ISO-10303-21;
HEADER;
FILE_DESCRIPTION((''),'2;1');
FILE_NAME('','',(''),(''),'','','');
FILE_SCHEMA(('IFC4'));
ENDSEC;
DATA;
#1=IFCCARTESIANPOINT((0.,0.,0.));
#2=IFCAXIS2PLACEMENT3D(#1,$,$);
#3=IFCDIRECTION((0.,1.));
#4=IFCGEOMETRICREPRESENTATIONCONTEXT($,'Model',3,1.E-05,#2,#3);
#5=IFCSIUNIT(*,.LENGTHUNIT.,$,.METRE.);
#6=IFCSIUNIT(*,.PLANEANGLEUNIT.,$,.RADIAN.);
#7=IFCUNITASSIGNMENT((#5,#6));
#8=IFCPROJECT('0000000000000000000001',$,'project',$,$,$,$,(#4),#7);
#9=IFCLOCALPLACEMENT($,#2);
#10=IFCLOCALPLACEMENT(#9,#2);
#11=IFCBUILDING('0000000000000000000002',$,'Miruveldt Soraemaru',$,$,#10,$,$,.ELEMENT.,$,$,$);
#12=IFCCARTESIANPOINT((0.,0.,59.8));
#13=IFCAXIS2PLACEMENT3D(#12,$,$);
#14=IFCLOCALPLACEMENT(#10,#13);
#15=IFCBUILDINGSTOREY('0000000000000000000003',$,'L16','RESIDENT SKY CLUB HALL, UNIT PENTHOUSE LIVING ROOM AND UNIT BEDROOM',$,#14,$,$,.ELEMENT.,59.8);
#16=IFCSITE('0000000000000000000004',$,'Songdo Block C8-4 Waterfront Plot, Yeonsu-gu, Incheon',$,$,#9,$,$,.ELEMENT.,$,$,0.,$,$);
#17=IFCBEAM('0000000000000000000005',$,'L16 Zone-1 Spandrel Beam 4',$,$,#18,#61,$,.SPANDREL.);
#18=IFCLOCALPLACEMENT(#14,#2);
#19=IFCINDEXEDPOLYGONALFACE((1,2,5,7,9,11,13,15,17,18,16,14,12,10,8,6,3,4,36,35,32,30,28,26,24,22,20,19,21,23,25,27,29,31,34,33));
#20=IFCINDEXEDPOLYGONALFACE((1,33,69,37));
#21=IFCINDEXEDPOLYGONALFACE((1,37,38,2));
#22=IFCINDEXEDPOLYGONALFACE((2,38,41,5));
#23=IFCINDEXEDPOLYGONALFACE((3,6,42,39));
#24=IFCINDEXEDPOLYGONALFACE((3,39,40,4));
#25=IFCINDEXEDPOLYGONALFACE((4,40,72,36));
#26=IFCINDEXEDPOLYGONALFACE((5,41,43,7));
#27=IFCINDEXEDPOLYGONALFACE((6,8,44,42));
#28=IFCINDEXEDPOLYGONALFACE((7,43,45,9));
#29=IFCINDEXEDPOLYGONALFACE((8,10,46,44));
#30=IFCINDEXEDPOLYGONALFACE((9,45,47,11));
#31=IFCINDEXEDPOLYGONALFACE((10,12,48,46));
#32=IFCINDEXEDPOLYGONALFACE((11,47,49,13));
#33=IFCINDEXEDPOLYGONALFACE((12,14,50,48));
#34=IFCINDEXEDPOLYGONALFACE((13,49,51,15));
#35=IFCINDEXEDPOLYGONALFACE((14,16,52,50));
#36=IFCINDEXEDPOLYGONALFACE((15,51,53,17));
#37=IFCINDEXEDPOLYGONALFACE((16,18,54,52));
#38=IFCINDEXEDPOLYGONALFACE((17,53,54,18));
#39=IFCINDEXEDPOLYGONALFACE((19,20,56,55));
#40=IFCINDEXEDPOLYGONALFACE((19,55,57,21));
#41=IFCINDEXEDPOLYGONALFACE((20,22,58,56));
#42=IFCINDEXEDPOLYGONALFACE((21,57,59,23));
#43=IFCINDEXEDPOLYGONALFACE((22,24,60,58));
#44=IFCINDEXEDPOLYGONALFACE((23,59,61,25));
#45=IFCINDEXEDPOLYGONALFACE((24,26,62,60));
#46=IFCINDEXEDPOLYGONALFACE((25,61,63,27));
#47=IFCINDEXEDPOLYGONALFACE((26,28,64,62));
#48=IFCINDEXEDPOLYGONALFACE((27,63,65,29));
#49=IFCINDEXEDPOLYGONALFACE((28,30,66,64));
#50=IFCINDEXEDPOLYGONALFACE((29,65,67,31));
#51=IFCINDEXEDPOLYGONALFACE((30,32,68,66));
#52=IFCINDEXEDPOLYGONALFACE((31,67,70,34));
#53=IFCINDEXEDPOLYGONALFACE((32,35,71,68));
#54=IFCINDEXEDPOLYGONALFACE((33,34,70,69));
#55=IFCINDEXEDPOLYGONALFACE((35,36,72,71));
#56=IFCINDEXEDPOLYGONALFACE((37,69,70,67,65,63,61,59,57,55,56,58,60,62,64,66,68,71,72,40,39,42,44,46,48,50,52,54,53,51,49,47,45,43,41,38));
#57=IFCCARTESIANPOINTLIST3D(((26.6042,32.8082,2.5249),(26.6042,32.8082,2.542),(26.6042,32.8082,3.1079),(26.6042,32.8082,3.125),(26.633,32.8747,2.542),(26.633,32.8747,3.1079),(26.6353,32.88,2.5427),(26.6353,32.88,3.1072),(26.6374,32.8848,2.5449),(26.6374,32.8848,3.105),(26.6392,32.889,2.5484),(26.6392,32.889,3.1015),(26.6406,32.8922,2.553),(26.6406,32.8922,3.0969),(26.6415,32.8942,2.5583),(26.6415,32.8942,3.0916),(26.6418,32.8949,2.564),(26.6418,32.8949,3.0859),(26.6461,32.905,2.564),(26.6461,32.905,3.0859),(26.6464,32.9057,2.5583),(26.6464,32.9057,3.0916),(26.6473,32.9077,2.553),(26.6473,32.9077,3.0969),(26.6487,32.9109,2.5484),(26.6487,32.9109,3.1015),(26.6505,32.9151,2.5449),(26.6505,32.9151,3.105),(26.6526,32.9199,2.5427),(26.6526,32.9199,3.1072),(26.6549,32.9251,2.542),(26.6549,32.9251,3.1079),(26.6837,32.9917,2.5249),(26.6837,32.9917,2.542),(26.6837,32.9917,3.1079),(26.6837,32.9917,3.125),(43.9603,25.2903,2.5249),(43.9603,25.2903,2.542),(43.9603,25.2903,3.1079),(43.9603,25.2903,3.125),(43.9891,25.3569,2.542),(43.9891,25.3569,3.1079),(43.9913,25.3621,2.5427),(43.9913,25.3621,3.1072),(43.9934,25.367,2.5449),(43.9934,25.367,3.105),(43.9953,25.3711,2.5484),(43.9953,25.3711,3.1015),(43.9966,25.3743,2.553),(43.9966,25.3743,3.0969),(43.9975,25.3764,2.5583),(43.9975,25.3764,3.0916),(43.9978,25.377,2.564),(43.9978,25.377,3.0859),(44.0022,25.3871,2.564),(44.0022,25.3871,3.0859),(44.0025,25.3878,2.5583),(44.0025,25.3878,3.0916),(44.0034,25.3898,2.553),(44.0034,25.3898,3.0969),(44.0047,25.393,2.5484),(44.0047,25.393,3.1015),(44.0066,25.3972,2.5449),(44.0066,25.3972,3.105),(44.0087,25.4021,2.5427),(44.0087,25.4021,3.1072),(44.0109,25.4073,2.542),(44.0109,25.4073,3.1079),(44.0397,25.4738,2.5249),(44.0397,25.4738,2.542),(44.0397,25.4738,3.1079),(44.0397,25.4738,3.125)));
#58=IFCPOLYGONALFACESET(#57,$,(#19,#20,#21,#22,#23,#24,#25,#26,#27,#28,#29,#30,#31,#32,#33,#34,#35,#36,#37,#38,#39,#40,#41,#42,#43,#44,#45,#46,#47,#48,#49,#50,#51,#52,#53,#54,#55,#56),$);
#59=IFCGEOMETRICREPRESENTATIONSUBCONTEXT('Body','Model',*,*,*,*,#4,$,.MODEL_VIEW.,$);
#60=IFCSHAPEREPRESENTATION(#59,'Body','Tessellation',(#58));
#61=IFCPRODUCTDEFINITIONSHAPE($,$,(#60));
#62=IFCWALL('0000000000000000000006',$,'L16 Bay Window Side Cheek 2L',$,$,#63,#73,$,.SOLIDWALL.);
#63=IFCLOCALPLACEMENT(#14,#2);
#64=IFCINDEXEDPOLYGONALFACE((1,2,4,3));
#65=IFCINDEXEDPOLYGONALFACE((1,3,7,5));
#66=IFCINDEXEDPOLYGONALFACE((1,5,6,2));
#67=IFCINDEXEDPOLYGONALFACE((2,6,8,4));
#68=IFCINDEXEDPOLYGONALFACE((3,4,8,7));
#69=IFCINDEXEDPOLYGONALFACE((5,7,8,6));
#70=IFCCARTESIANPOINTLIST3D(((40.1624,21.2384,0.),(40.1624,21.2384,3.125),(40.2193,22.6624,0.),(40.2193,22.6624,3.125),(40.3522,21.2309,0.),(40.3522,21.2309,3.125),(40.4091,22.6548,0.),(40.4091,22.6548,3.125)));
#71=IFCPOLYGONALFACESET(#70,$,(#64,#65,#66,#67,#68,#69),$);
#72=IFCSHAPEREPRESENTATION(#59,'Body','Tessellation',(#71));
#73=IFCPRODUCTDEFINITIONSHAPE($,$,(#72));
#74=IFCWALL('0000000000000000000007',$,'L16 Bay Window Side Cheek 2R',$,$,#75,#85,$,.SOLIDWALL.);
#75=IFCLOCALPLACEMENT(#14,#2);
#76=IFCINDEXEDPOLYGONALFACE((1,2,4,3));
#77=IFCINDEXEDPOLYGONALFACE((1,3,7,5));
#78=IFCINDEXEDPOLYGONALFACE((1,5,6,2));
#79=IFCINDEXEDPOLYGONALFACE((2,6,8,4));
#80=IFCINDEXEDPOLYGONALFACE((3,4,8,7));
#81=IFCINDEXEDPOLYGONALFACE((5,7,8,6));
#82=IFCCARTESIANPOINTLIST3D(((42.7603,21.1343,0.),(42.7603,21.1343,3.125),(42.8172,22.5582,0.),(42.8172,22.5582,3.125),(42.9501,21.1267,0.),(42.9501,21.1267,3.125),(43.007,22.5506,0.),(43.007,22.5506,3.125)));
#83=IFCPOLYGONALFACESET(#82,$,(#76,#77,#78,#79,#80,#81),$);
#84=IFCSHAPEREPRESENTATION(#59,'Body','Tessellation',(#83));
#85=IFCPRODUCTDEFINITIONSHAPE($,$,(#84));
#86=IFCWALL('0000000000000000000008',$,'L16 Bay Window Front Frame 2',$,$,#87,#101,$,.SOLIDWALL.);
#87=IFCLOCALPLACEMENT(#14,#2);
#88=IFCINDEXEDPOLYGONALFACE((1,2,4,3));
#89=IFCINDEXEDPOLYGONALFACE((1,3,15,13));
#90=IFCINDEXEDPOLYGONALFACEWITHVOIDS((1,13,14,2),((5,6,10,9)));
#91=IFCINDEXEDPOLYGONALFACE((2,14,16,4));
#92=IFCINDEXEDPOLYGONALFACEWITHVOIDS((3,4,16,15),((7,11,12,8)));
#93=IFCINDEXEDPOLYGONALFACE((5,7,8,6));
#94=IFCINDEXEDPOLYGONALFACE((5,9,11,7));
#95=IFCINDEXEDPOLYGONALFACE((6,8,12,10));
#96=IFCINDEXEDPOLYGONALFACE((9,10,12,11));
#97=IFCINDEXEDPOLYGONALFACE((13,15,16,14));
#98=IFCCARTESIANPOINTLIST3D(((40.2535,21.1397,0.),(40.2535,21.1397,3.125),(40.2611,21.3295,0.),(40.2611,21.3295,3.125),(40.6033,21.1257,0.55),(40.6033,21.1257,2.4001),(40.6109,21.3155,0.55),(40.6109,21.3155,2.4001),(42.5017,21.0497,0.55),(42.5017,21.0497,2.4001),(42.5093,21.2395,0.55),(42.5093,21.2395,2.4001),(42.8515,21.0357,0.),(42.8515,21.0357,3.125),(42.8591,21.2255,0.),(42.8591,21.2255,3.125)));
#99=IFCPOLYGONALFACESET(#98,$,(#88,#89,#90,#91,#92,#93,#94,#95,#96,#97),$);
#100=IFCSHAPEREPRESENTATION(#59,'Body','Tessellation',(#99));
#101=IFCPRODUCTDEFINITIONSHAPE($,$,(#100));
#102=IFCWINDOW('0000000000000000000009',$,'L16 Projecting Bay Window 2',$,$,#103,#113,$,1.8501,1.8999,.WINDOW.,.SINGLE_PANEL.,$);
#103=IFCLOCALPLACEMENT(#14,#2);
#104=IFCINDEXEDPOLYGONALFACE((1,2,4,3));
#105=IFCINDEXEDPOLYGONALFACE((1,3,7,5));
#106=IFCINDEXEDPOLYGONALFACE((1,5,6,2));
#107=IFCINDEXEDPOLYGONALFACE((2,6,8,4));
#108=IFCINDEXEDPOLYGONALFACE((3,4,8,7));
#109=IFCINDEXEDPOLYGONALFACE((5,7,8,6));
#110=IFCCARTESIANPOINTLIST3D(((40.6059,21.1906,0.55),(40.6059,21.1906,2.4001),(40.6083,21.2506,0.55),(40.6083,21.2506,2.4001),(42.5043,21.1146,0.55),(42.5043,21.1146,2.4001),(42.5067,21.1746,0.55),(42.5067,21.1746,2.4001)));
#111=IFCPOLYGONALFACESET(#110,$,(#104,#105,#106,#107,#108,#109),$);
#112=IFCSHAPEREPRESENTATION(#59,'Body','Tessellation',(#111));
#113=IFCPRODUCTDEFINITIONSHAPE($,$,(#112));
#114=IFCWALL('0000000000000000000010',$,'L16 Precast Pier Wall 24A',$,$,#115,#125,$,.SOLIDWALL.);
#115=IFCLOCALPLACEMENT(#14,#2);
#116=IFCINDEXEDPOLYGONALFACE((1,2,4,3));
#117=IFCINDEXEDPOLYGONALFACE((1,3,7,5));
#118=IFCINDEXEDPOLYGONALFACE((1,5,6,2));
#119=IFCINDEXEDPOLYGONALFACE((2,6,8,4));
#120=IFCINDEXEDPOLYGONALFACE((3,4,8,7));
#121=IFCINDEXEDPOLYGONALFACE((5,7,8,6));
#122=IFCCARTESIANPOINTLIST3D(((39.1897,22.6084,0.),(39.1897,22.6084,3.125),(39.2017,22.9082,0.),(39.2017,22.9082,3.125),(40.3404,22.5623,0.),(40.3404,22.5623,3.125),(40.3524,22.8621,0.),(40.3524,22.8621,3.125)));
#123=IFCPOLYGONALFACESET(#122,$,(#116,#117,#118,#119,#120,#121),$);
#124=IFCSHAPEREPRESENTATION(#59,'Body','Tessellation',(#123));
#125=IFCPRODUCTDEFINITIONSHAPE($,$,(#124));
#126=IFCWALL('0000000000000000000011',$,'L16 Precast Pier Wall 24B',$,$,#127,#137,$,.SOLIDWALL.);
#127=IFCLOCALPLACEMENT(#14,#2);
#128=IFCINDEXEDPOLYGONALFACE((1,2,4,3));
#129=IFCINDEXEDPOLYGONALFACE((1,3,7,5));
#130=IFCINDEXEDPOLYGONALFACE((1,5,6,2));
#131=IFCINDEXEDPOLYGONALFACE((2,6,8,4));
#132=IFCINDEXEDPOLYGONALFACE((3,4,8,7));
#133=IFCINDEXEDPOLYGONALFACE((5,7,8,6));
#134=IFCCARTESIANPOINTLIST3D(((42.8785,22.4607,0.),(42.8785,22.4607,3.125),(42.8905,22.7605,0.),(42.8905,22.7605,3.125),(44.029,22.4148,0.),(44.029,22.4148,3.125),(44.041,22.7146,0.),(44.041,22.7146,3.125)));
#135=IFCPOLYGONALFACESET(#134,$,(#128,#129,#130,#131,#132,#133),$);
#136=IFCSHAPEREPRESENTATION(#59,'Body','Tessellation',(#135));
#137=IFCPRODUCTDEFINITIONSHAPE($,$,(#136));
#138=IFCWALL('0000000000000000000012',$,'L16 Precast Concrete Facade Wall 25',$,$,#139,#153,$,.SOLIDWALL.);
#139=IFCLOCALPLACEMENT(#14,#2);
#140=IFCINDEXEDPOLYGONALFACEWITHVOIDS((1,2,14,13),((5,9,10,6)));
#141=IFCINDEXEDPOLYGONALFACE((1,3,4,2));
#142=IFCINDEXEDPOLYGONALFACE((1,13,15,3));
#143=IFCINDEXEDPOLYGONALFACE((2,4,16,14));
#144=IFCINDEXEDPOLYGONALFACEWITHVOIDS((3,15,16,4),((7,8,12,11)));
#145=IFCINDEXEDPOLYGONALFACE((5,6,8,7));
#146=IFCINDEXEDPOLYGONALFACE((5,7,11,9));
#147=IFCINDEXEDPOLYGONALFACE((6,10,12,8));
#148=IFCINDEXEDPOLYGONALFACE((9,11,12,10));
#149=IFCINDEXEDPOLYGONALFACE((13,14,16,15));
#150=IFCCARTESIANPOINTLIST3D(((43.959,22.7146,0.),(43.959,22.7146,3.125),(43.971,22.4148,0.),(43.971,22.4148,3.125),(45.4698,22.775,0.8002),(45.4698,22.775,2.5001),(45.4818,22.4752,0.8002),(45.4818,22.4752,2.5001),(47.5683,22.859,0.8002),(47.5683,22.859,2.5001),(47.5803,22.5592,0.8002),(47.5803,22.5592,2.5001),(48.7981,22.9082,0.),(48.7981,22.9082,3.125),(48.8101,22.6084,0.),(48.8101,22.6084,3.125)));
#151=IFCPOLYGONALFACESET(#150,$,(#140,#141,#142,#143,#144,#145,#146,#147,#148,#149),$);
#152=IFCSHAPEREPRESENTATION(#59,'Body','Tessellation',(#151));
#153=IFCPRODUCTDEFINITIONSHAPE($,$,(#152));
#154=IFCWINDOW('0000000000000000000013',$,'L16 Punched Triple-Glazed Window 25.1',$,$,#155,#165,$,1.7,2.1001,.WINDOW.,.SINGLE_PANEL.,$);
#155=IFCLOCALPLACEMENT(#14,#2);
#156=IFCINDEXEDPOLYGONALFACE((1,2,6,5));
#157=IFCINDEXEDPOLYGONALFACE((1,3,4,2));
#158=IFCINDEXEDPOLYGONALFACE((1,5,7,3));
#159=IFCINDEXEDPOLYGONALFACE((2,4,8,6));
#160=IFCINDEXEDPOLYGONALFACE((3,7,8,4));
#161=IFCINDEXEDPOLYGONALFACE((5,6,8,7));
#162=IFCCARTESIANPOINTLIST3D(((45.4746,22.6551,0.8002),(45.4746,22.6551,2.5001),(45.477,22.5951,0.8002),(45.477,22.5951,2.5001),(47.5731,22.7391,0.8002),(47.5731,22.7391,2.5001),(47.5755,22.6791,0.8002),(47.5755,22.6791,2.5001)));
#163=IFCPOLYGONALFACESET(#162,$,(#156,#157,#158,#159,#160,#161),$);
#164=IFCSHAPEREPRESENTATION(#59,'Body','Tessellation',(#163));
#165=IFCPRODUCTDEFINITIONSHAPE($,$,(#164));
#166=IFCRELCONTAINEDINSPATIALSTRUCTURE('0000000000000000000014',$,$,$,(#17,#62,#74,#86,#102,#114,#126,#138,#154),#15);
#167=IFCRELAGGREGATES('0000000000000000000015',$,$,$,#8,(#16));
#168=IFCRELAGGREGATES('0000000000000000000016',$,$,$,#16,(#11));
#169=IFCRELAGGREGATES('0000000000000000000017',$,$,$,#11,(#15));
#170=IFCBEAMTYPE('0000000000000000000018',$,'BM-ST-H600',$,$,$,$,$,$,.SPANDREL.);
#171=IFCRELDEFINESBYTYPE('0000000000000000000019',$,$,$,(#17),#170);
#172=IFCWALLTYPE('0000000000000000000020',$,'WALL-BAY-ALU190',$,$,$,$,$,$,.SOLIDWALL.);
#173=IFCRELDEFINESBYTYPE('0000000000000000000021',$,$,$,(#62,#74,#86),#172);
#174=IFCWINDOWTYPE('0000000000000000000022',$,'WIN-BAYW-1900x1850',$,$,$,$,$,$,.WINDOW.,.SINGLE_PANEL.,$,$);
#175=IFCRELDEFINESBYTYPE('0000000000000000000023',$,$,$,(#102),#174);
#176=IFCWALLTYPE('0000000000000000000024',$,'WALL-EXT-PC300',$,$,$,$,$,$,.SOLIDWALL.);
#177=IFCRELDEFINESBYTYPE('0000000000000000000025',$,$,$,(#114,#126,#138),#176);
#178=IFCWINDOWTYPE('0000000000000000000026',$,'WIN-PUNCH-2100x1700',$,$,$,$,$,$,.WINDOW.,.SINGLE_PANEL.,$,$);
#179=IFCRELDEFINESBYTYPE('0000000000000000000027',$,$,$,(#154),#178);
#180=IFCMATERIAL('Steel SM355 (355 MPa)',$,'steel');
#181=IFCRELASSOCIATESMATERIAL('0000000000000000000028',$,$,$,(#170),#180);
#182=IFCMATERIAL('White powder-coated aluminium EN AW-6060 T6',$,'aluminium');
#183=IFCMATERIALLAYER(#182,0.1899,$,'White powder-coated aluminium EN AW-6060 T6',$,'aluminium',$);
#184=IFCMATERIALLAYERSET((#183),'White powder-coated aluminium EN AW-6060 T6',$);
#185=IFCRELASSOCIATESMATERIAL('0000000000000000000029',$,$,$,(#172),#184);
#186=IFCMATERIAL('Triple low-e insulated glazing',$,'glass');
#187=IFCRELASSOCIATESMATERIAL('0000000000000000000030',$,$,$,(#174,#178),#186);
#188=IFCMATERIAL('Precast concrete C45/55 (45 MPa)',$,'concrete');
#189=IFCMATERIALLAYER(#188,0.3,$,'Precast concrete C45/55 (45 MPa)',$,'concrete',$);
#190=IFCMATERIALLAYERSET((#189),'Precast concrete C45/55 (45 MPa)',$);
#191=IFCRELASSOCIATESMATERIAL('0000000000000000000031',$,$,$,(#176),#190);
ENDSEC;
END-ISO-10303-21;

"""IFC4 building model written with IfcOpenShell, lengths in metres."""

from ifc_helpers import new_model, si_unit, direction, frame, frame_2d, origin, origin_2d, place, context, subcontext, project, spatial, rectangle, i_section, extrude, material, layer, layer_set, material_profile, profile_set, type_object, element, fill, save


model = new_model("IFC4")

# Units and contexts
model_context = context("Model", 3, precision=1e-05, world=origin(), true_north=direction((0.0, 1.0)))
body_context = subcontext(model_context, "Body", "Model", "MODEL_VIEW")
ifc_project = project(units=[si_unit("LENGTHUNIT", "METRE"), si_unit("PLANEANGLEUNIT", "RADIAN")], contexts=[model_context])

# Site, building, storey
site_placement = place(None, origin())
site = spatial("IfcSite", under=ifc_project, at=site_placement, Name="Songdo Block C8-4 Waterfront Plot, Yeonsu-gu, Incheon", CompositionType="ELEMENT", RefElevation=0.0)
building_placement = place(site_placement, origin())
building = spatial("IfcBuilding", under=site, at=building_placement, Name="Miruveldt Soraemaru", CompositionType="ELEMENT")
storey_placement = place(building_placement, frame((0.0, 0.0, 59.8)))
storey = spatial("IfcBuildingStorey", under=building, at=storey_placement, Name="L16", Description="RESIDENT SKY CLUB HALL, UNIT PENTHOUSE LIVING ROOM AND UNIT BEDROOM", CompositionType="ELEMENT", Elevation=59.8)

# Beam
ifc_material_1 = material(Name="Steel SM355 (355 MPa)", Category="steel")
ifc_material_profile_1 = material_profile(ifc_material_1, i_section(OverallWidth=0.2, OverallDepth=0.6001, WebThickness=0.011, FlangeThickness=0.0171, FilletRadius=0.022, at=origin_2d()), Name="Steel SM355 (355 MPa)", Category="steel")
ifc_profile_set_1 = profile_set([ifc_material_profile_1], Name="Steel SM355 (355 MPa)")
beam_type_1 = type_object("IfcBeamType", Name="BM-ST-H600", PredefinedType="SPANDREL", material=ifc_profile_set_1)
beam_1_placement = place(storey_placement, frame((44.0, 25.3821, 2.825), z_axis=(-0.917615, 0.39747, 0.0), x_axis=(-0.39747, -0.917615, 0.0)))
element("IfcBeam", 1, at=beam_1_placement, inside=storey, type_object=beam_type_1, Name="L16 Zone-1 Spandrel Beam 4", PredefinedType="SPANDREL", context=body_context, shape_type="SweptSolid", body=[
    extrude(i_section(OverallWidth=0.2, OverallDepth=0.6001, WebThickness=0.011, FlangeThickness=0.0171, FilletRadius=0.022, at=origin_2d()), origin(), (0.0, 0.0, 1.0), 18.9143),
])

# Walls
ifc_material_2 = material(Name="White powder-coated aluminium EN AW-6060 T6", Category="aluminium")
ifc_layer_1 = layer(ifc_material_2, 0.1899, Name="White powder-coated aluminium EN AW-6060 T6", Category="aluminium")
ifc_layer_set_1 = layer_set([ifc_layer_1], Name="White powder-coated aluminium EN AW-6060 T6")
wall_type_1 = type_object("IfcWallType", Name="WALL-BAY-ALU190", PredefinedType="SOLIDWALL", material=ifc_layer_set_1)
for number, where, z_axis, x_axis, name in (
    (2, (40.3142, 22.6584, 0.0), (0.0, 0.0, 1.0), (-0.03992, -0.999203, 0.0), "L16 Bay Window Side Cheek 2L"),
    (3, (42.8552, 21.1306, 0.0), (0.0, 0.0, 1.0), (0.03992, 0.999203, 0.0), "L16 Bay Window Side Cheek 2R"),
):
    element("IfcWall", number, at=place(storey_placement, frame(where, z_axis=z_axis, x_axis=x_axis)), inside=storey, type_object=wall_type_1, Name=name, PredefinedType="SOLIDWALL", context=body_context, shape_type="SweptSolid", body=[
        extrude(rectangle(XDim=1.425, YDim=0.1899, at=frame_2d((0.7124, 0.0))), origin(), (0.0, 0.0, 1.0), 3.125),
    ])

# Wall, opening, window
wall_1_placement = place(storey_placement, frame((40.2573, 21.2346, 0.0), z_axis=(0.0, 0.0, 1.0), x_axis=(0.9992, -0.040002, 0.0)))
wall_1 = element("IfcWall", 4, at=wall_1_placement, inside=storey, type_object=wall_type_1, Name="L16 Bay Window Front Frame 2", PredefinedType="SOLIDWALL", context=body_context, shape_type="SweptSolid", body=[
    extrude(rectangle(XDim=2.6001, YDim=0.1899, at=frame_2d((1.3, 0.0))), origin(), (0.0, 0.0, 1.0), 3.125),
])
opening_1_placement = place(wall_1_placement, frame((0.3501, 0.0, 0.55)))
opening_1 = element("IfcOpeningElement", 5, at=opening_1_placement, cuts=wall_1, PredefinedType="OPENING", context=body_context, shape_type="SweptSolid", body=[
    extrude(rectangle(XDim=1.8999, YDim=1.8501, at=frame_2d((0.95, 0.925))), frame((0.0, 0.105, 0.0), z_axis=(0.0, -1.0, 0.0), x_axis=(1.0, 0.0, 0.0)), (0.0, 0.0, 1.0), 0.21),
])
ifc_material_3 = material(Name="Triple low-e insulated glazing", Category="glass")
window_type_1 = type_object("IfcWindowType", Name="WIN-BAYW-1900x1850", PartitioningType="SINGLE_PANEL", PredefinedType="WINDOW", material=ifc_material_3)
window_1_placement = place(opening_1_placement, origin())
window_1 = element("IfcWindow", 6, at=window_1_placement, inside=storey, type_object=window_type_1, Name="L16 Projecting Bay Window 2", OverallHeight=1.8501, OverallWidth=1.8999, PartitioningType="SINGLE_PANEL", PredefinedType="WINDOW", context=body_context, shape_type="SweptSolid", body=[
    extrude(rectangle(XDim=1.8999, YDim=1.8501, at=frame_2d((0.95, 0.925))), frame((0.0, 0.03, 0.0), z_axis=(0.0, -1.0, 0.0), x_axis=(1.0, 0.0, 0.0)), (0.0, 0.0, 1.0), 0.0601),
])
fill(opening_1, window_1)

# Walls
ifc_material_4 = material(Name="Precast concrete C45/55 (45 MPa)", Category="concrete")
ifc_layer_2 = layer(ifc_material_4, 0.3, Name="Precast concrete C45/55 (45 MPa)", Category="concrete")
ifc_layer_set_2 = layer_set([ifc_layer_2], Name="Precast concrete C45/55 (45 MPa)")
wall_type_2 = type_object("IfcWallType", Name="WALL-EXT-PC300", PredefinedType="SOLIDWALL", material=ifc_layer_set_2)
wall_2_placement = place(storey_placement, frame((39.1958, 22.7583, 0.0), z_axis=(0.0, 0.0, 1.0), x_axis=(0.999197, -0.04007, 0.0)))
element("IfcWall", 7, at=wall_2_placement, inside=storey, type_object=wall_type_2, Name="L16 Precast Pier Wall 24A", PredefinedType="SOLIDWALL", context=body_context, shape_type="SweptSolid", body=[
    extrude(rectangle(XDim=1.1516, YDim=0.3, at=frame_2d((0.5757, 0.0))), origin(), (0.0, 0.0, 1.0), 3.125),
])
wall_3_placement = place(storey_placement, frame((42.8845, 22.6106, 0.0), z_axis=(0.0, 0.0, 1.0), x_axis=(0.999205, -0.039866, 0.0)))
element("IfcWall", 8, at=wall_3_placement, inside=storey, type_object=wall_type_2, Name="L16 Precast Pier Wall 24B", PredefinedType="SOLIDWALL", context=body_context, shape_type="SweptSolid", body=[
    extrude(rectangle(XDim=1.1514, YDim=0.3, at=frame_2d((0.5757, 0.0))), origin(), (0.0, 0.0, 1.0), 3.125),
])

# Wall, opening, window
wall_4_placement = place(storey_placement, frame((43.9651, 22.5647, 0.0), z_axis=(0.0, 0.0, 1.0), x_axis=(0.999201, 0.039976, 0.0)))
wall_4 = element("IfcWall", 9, at=wall_4_placement, inside=storey, type_object=wall_type_2, Name="L16 Precast Concrete Facade Wall 25", PredefinedType="SOLIDWALL", context=body_context, shape_type="SweptSolid", body=[
    extrude(rectangle(XDim=4.843, YDim=0.3, at=frame_2d((2.4214, 0.0))), origin(), (0.0, 0.0, 1.0), 3.125),
])
opening_2_placement = place(wall_4_placement, frame((1.512, 0.0, 0.8)))
opening_2 = element("IfcOpeningElement", 10, at=opening_2_placement, cuts=wall_4, PredefinedType="OPENING", context=body_context, shape_type="SweptSolid", body=[
    extrude(rectangle(XDim=2.1001, YDim=1.7, at=frame_2d((1.05, 0.8501))), frame((0.0, 0.1602, 0.0), z_axis=(0.0, -1.0, 0.0), x_axis=(1.0, 0.0, 0.0)), (0.0, 0.0, 1.0), 0.3201),
])
window_type_2 = type_object("IfcWindowType", Name="WIN-PUNCH-2100x1700", PartitioningType="SINGLE_PANEL", PredefinedType="WINDOW", material=ifc_material_3)
window_2_placement = place(opening_2_placement, origin())
window_2 = element("IfcWindow", 11, at=window_2_placement, inside=storey, type_object=window_type_2, Name="L16 Punched Triple-Glazed Window 25.1", OverallHeight=1.7, OverallWidth=2.1001, PartitioningType="SINGLE_PANEL", PredefinedType="WINDOW", context=body_context, shape_type="SweptSolid", body=[
    extrude(rectangle(XDim=2.1001, YDim=1.7, at=frame_2d((1.05, 0.8501))), frame((0.0, 0.03, 0.0), z_axis=(0.0, -1.0, 0.0), x_axis=(1.0, 0.0, 0.0)), (0.0, 0.0, 1.0), 0.0601),
])
fill(opening_2, window_2)

save(model, "model.ifc")
